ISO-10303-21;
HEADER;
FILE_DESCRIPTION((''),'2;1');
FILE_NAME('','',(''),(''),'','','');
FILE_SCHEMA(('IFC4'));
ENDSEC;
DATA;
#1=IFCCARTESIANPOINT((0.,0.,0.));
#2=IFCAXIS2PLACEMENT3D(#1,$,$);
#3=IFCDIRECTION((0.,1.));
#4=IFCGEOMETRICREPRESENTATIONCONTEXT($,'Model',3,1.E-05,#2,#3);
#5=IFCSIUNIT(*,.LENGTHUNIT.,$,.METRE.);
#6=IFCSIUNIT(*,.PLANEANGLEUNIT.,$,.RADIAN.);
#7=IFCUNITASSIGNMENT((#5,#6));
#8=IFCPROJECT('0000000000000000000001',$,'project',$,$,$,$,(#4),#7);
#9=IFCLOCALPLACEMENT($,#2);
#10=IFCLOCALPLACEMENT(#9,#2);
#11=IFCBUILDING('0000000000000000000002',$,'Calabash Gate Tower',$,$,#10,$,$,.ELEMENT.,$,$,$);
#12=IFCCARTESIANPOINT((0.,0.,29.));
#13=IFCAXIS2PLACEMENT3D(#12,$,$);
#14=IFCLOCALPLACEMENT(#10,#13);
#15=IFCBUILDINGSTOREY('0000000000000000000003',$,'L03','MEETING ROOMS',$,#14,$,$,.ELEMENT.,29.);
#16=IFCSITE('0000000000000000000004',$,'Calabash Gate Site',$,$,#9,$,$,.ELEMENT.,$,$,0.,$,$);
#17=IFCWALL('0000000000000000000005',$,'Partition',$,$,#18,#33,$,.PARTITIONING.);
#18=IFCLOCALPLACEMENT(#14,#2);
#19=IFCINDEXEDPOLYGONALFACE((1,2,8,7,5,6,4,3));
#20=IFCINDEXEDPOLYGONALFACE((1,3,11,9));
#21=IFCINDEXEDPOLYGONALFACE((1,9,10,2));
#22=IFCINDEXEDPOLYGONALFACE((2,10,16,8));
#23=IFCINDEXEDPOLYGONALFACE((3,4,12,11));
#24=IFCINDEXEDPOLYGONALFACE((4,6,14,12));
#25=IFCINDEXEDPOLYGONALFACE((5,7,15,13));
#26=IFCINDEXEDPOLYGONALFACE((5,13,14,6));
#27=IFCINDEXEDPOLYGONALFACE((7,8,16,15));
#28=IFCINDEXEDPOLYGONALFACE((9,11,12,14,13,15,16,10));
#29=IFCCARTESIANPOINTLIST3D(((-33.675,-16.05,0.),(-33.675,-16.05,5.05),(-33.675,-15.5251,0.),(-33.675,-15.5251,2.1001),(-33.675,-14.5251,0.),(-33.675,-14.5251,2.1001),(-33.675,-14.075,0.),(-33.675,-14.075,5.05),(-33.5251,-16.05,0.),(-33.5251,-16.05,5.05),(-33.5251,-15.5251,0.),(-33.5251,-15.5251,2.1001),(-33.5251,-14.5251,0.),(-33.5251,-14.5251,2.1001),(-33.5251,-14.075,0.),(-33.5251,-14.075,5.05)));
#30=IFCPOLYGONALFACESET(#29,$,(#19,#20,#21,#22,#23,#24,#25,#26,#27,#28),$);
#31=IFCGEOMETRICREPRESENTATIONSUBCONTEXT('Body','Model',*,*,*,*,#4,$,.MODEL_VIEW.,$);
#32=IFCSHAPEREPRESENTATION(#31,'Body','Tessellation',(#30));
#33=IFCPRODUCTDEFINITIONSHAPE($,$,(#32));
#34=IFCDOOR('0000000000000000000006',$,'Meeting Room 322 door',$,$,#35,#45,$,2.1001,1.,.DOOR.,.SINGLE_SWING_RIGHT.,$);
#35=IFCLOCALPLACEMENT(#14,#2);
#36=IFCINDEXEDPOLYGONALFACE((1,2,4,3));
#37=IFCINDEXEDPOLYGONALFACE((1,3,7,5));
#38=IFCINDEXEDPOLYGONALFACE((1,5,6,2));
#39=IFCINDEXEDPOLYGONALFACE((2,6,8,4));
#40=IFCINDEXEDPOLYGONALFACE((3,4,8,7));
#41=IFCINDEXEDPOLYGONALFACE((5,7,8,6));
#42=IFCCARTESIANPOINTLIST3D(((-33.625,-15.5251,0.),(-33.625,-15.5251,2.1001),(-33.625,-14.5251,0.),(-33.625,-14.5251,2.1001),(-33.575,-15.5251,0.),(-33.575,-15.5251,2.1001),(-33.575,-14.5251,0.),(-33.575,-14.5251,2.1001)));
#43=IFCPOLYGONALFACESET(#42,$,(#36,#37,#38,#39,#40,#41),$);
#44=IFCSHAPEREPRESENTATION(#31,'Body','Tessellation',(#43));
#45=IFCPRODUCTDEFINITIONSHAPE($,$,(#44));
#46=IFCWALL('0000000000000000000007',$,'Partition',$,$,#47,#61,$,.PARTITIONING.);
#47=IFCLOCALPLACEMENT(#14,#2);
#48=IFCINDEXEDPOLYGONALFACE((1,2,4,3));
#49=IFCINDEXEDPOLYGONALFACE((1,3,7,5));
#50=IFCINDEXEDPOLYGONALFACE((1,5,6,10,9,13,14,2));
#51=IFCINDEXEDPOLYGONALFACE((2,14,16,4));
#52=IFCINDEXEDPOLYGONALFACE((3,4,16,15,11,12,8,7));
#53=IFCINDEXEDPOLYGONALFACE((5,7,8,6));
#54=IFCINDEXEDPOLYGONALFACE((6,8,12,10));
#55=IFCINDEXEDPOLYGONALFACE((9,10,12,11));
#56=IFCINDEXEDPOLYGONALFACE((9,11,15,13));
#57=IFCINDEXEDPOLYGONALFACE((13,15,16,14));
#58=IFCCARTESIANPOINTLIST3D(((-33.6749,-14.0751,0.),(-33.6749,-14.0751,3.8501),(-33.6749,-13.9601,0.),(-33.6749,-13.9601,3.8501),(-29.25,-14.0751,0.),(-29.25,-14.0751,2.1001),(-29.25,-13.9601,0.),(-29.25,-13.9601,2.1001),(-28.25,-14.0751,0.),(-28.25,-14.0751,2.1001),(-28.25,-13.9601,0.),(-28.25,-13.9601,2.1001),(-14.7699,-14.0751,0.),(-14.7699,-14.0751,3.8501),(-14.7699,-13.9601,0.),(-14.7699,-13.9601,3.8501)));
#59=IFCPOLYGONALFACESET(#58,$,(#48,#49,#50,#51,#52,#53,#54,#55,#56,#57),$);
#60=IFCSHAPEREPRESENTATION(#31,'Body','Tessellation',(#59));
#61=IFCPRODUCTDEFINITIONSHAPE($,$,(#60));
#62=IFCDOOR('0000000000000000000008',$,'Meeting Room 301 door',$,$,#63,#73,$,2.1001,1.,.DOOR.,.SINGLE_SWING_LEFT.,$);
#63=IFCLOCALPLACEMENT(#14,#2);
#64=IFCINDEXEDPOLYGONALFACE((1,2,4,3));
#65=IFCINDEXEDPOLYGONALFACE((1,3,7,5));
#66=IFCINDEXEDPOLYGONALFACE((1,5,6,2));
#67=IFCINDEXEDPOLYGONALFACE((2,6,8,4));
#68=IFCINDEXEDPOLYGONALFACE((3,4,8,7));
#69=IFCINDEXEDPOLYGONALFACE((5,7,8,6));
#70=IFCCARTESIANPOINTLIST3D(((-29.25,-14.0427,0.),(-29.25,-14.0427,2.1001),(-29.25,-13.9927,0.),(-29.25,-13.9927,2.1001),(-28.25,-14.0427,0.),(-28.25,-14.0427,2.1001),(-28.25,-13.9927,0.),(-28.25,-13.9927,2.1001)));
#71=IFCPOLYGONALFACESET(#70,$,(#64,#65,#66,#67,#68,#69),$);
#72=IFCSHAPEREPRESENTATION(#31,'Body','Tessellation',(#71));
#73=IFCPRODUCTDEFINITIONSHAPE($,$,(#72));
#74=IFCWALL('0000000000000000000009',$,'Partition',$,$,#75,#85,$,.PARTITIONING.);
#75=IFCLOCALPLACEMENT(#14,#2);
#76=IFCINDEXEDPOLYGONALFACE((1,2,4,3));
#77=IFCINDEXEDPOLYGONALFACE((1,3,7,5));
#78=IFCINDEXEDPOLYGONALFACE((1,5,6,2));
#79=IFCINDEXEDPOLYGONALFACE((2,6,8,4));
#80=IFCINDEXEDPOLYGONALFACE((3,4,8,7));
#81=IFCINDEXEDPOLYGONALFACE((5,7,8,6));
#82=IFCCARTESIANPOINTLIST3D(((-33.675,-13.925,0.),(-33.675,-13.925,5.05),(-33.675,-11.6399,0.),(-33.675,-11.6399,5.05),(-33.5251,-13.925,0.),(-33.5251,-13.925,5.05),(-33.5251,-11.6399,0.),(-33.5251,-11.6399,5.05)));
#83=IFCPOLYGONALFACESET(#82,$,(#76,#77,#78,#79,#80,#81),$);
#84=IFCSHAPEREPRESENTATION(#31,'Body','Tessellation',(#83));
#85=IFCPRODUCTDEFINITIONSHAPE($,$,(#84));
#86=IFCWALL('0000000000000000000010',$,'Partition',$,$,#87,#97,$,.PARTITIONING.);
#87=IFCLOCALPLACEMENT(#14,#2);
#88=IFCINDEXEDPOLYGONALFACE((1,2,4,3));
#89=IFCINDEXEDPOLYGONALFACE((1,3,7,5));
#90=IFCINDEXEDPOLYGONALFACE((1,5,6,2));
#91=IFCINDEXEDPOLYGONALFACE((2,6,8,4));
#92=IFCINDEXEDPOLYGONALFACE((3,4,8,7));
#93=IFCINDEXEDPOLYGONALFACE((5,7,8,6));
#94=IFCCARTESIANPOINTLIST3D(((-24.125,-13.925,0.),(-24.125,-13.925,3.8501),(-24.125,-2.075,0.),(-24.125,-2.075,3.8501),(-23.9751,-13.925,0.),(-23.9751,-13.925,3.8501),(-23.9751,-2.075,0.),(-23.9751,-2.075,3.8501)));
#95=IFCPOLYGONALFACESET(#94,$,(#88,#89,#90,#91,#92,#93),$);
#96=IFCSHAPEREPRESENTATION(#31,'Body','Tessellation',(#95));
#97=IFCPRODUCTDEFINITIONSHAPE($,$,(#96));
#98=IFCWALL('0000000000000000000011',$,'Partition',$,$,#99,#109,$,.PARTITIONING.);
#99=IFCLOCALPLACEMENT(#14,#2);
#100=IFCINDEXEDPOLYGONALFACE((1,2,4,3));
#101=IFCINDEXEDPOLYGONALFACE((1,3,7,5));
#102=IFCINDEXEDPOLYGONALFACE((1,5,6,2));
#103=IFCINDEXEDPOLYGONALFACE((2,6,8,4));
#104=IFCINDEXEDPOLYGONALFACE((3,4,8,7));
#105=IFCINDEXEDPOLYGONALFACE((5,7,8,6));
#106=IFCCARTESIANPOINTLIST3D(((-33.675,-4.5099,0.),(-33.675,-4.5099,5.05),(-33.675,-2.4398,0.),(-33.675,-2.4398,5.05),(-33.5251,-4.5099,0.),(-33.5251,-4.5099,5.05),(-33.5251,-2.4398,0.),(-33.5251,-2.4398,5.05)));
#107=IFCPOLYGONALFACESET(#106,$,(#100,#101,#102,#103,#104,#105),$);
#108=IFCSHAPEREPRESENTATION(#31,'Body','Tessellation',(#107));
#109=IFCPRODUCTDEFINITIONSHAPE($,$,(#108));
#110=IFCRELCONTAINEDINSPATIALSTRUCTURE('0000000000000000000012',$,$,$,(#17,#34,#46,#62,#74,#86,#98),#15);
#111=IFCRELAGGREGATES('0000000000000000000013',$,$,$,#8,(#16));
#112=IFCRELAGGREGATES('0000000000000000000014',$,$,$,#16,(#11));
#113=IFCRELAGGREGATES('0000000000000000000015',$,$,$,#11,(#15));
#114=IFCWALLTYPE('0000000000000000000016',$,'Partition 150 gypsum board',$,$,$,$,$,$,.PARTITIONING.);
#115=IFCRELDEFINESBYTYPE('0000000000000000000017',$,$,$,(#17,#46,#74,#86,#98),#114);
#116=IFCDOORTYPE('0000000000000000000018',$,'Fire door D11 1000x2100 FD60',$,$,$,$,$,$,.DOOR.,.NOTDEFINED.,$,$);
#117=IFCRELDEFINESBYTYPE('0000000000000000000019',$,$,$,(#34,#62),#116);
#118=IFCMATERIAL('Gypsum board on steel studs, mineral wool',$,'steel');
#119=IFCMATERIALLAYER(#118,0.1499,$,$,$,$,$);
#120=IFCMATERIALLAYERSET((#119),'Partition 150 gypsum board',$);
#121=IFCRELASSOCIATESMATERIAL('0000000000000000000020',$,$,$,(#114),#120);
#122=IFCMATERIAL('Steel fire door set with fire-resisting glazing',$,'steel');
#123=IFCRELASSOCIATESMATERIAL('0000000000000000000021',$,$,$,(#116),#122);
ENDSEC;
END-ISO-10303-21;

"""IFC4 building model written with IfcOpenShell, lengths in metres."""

from ifc_helpers import new_model, si_unit, direction, frame, frame_2d, origin, place, context, subcontext, project, spatial, rectangle, extrude, material, layer, layer_set, type_object, element, fill, save


model = new_model("IFC4")

# Units and contexts
model_context = context("Model", 3, precision=1e-05, world=origin(), true_north=direction((0.0, 1.0)))
body_context = subcontext(model_context, "Body", "Model", "MODEL_VIEW")
ifc_project = project(units=[si_unit("LENGTHUNIT", "METRE"), si_unit("PLANEANGLEUNIT", "RADIAN")], contexts=[model_context])

# Site, building, storey
site_placement = place(None, origin())
site = spatial("IfcSite", under=ifc_project, at=site_placement, Name="Calabash Gate Site", CompositionType="ELEMENT", RefElevation=0.0)
building_placement = place(site_placement, origin())
building = spatial("IfcBuilding", under=site, at=building_placement, Name="Calabash Gate Tower", CompositionType="ELEMENT")
storey_placement = place(building_placement, frame((0.0, 0.0, 29.0)))
storey = spatial("IfcBuildingStorey", under=building, at=storey_placement, Name="L03", Description="MEETING ROOMS", CompositionType="ELEMENT", Elevation=29.0)

# Shared definitions
ifc_material_1 = material(Name="Gypsum board on steel studs, mineral wool", Category="steel")
ifc_layer_1 = layer(ifc_material_1, 0.1499)
ifc_layer_set_1 = layer_set([ifc_layer_1], Name="Partition 150 gypsum board")
wall_type_1 = type_object("IfcWallType", Name="Partition 150 gypsum board", PredefinedType="PARTITIONING", material=ifc_layer_set_1)

# Shared definitions
ifc_material_2 = material(Name="Steel fire door set with fire-resisting glazing", Category="steel")
door_type_1 = type_object("IfcDoorType", Name="Fire door D11 1000x2100 FD60", OperationType="NOTDEFINED", PredefinedType="DOOR", material=ifc_material_2)

# Walls, openings, doors
wall_1_placement = place(storey_placement, frame((-33.6001, -16.05, 0.0), z_axis=(0.0, 0.0, 1.0), x_axis=(0.0, 1.0, 0.0)))
wall_1 = element("IfcWall", 1, at=wall_1_placement, inside=storey, type_object=wall_type_1, Name="Partition", PredefinedType="PARTITIONING", context=body_context, shape_type="SweptSolid", body=[
    extrude(rectangle(XDim=1.9751, YDim=0.1499, at=frame_2d((0.9875, 0.0))), origin(), (0.0, 0.0, 1.0), 5.05),
])
opening_1_placement = place(wall_1_placement, frame((0.5249, 0.0, 0.0)))
opening_1 = element("IfcOpeningElement", 2, at=opening_1_placement, cuts=wall_1, PredefinedType="OPENING", context=body_context, shape_type="SweptSolid", body=[
    extrude(rectangle(XDim=1.0, YDim=2.1001, at=frame_2d((0.5, 1.05))), frame((0.0, 0.085, 0.0), z_axis=(0.0, -1.0, 0.0), x_axis=(1.0, 0.0, 0.0)), (0.0, 0.0, 1.0), 0.1699),
])
door_1_placement = place(opening_1_placement, origin())
door_1 = element("IfcDoor", 3, at=door_1_placement, inside=storey, type_object=door_type_1, Name="Meeting Room 322 door", OperationType="SINGLE_SWING_RIGHT", OverallHeight=2.1001, OverallWidth=1.0, PredefinedType="DOOR", context=body_context, shape_type="SweptSolid", body=[
    extrude(rectangle(XDim=1.0, YDim=2.1001, at=frame_2d((0.5, 1.05))), frame((0.0, 0.0249, 0.0), z_axis=(0.0, -1.0, 0.0), x_axis=(1.0, 0.0, 0.0)), (0.0, 0.0, 1.0), 0.05),
])
fill(opening_1, door_1)
wall_2_placement = place(storey_placement, frame((-33.675, -14.0176, 0.0), z_axis=(0.0, 0.0, 1.0), x_axis=(1.0, 0.0, 0.0)))
wall_2 = element("IfcWall", 4, at=wall_2_placement, inside=storey, type_object=wall_type_1, Name="Partition", PredefinedType="PARTITIONING", context=body_context, shape_type="SweptSolid", body=[
    extrude(rectangle(XDim=18.905, YDim=0.115, at=frame_2d((9.4526, 0.0))), origin(), (0.0, 0.0, 1.0), 3.8501),
])
opening_2_placement = place(wall_2_placement, frame((4.425, 0.0, 0.0)))
opening_2 = element("IfcOpeningElement", 5, at=opening_2_placement, cuts=wall_2, PredefinedType="OPENING", context=body_context, shape_type="SweptSolid", body=[
    extrude(rectangle(XDim=1.0, YDim=2.1001, at=frame_2d((0.5, 1.05))), frame((0.0, 0.0674, 0.0), z_axis=(0.0, -1.0, 0.0), x_axis=(1.0, 0.0, 0.0)), (0.0, 0.0, 1.0), 0.135),
])
door_2_placement = place(opening_2_placement, origin())
door_2 = element("IfcDoor", 6, at=door_2_placement, inside=storey, type_object=door_type_1, Name="Meeting Room 301 door", OperationType="SINGLE_SWING_LEFT", OverallHeight=2.1001, OverallWidth=1.0, PredefinedType="DOOR", context=body_context, shape_type="SweptSolid", body=[
    extrude(rectangle(XDim=1.0, YDim=2.1001, at=frame_2d((0.5, 1.05))), frame((0.0, 0.0249, 0.0), z_axis=(0.0, -1.0, 0.0), x_axis=(1.0, 0.0, 0.0)), (0.0, 0.0, 1.0), 0.05),
])
fill(opening_2, door_2)

# Walls
wall_3_placement = place(storey_placement, frame((-33.6001, -13.925, 0.0), z_axis=(0.0, 0.0, 1.0), x_axis=(0.0, 1.0, 0.0)))
element("IfcWall", 7, at=wall_3_placement, inside=storey, type_object=wall_type_1, Name="Partition", PredefinedType="PARTITIONING", context=body_context, shape_type="SweptSolid", body=[
    extrude(rectangle(XDim=2.2852, YDim=0.1499, at=frame_2d((1.1426, 0.0))), origin(), (0.0, 0.0, 1.0), 5.05),
])
wall_4_placement = place(storey_placement, frame((-24.05, -13.925, 0.0), z_axis=(0.0, 0.0, 1.0), x_axis=(0.0, 1.0, 0.0)))
element("IfcWall", 8, at=wall_4_placement, inside=storey, type_object=wall_type_1, Name="Partition", PredefinedType="PARTITIONING", context=body_context, shape_type="SweptSolid", body=[
    extrude(rectangle(XDim=11.8501, YDim=0.1499, at=frame_2d((5.925, 0.0))), origin(), (0.0, 0.0, 1.0), 3.8501),
])
wall_5_placement = place(storey_placement, frame((-33.6001, -4.51, 0.0), z_axis=(0.0, 0.0, 1.0), x_axis=(0.0, 1.0, 0.0)))
element("IfcWall", 9, at=wall_5_placement, inside=storey, type_object=wall_type_1, Name="Partition", PredefinedType="PARTITIONING", context=body_context, shape_type="SweptSolid", body=[
    extrude(rectangle(XDim=2.0701, YDim=0.1499, at=frame_2d((1.0352, 0.0))), origin(), (0.0, 0.0, 1.0), 5.05),
])

save(model, "model.ifc")
